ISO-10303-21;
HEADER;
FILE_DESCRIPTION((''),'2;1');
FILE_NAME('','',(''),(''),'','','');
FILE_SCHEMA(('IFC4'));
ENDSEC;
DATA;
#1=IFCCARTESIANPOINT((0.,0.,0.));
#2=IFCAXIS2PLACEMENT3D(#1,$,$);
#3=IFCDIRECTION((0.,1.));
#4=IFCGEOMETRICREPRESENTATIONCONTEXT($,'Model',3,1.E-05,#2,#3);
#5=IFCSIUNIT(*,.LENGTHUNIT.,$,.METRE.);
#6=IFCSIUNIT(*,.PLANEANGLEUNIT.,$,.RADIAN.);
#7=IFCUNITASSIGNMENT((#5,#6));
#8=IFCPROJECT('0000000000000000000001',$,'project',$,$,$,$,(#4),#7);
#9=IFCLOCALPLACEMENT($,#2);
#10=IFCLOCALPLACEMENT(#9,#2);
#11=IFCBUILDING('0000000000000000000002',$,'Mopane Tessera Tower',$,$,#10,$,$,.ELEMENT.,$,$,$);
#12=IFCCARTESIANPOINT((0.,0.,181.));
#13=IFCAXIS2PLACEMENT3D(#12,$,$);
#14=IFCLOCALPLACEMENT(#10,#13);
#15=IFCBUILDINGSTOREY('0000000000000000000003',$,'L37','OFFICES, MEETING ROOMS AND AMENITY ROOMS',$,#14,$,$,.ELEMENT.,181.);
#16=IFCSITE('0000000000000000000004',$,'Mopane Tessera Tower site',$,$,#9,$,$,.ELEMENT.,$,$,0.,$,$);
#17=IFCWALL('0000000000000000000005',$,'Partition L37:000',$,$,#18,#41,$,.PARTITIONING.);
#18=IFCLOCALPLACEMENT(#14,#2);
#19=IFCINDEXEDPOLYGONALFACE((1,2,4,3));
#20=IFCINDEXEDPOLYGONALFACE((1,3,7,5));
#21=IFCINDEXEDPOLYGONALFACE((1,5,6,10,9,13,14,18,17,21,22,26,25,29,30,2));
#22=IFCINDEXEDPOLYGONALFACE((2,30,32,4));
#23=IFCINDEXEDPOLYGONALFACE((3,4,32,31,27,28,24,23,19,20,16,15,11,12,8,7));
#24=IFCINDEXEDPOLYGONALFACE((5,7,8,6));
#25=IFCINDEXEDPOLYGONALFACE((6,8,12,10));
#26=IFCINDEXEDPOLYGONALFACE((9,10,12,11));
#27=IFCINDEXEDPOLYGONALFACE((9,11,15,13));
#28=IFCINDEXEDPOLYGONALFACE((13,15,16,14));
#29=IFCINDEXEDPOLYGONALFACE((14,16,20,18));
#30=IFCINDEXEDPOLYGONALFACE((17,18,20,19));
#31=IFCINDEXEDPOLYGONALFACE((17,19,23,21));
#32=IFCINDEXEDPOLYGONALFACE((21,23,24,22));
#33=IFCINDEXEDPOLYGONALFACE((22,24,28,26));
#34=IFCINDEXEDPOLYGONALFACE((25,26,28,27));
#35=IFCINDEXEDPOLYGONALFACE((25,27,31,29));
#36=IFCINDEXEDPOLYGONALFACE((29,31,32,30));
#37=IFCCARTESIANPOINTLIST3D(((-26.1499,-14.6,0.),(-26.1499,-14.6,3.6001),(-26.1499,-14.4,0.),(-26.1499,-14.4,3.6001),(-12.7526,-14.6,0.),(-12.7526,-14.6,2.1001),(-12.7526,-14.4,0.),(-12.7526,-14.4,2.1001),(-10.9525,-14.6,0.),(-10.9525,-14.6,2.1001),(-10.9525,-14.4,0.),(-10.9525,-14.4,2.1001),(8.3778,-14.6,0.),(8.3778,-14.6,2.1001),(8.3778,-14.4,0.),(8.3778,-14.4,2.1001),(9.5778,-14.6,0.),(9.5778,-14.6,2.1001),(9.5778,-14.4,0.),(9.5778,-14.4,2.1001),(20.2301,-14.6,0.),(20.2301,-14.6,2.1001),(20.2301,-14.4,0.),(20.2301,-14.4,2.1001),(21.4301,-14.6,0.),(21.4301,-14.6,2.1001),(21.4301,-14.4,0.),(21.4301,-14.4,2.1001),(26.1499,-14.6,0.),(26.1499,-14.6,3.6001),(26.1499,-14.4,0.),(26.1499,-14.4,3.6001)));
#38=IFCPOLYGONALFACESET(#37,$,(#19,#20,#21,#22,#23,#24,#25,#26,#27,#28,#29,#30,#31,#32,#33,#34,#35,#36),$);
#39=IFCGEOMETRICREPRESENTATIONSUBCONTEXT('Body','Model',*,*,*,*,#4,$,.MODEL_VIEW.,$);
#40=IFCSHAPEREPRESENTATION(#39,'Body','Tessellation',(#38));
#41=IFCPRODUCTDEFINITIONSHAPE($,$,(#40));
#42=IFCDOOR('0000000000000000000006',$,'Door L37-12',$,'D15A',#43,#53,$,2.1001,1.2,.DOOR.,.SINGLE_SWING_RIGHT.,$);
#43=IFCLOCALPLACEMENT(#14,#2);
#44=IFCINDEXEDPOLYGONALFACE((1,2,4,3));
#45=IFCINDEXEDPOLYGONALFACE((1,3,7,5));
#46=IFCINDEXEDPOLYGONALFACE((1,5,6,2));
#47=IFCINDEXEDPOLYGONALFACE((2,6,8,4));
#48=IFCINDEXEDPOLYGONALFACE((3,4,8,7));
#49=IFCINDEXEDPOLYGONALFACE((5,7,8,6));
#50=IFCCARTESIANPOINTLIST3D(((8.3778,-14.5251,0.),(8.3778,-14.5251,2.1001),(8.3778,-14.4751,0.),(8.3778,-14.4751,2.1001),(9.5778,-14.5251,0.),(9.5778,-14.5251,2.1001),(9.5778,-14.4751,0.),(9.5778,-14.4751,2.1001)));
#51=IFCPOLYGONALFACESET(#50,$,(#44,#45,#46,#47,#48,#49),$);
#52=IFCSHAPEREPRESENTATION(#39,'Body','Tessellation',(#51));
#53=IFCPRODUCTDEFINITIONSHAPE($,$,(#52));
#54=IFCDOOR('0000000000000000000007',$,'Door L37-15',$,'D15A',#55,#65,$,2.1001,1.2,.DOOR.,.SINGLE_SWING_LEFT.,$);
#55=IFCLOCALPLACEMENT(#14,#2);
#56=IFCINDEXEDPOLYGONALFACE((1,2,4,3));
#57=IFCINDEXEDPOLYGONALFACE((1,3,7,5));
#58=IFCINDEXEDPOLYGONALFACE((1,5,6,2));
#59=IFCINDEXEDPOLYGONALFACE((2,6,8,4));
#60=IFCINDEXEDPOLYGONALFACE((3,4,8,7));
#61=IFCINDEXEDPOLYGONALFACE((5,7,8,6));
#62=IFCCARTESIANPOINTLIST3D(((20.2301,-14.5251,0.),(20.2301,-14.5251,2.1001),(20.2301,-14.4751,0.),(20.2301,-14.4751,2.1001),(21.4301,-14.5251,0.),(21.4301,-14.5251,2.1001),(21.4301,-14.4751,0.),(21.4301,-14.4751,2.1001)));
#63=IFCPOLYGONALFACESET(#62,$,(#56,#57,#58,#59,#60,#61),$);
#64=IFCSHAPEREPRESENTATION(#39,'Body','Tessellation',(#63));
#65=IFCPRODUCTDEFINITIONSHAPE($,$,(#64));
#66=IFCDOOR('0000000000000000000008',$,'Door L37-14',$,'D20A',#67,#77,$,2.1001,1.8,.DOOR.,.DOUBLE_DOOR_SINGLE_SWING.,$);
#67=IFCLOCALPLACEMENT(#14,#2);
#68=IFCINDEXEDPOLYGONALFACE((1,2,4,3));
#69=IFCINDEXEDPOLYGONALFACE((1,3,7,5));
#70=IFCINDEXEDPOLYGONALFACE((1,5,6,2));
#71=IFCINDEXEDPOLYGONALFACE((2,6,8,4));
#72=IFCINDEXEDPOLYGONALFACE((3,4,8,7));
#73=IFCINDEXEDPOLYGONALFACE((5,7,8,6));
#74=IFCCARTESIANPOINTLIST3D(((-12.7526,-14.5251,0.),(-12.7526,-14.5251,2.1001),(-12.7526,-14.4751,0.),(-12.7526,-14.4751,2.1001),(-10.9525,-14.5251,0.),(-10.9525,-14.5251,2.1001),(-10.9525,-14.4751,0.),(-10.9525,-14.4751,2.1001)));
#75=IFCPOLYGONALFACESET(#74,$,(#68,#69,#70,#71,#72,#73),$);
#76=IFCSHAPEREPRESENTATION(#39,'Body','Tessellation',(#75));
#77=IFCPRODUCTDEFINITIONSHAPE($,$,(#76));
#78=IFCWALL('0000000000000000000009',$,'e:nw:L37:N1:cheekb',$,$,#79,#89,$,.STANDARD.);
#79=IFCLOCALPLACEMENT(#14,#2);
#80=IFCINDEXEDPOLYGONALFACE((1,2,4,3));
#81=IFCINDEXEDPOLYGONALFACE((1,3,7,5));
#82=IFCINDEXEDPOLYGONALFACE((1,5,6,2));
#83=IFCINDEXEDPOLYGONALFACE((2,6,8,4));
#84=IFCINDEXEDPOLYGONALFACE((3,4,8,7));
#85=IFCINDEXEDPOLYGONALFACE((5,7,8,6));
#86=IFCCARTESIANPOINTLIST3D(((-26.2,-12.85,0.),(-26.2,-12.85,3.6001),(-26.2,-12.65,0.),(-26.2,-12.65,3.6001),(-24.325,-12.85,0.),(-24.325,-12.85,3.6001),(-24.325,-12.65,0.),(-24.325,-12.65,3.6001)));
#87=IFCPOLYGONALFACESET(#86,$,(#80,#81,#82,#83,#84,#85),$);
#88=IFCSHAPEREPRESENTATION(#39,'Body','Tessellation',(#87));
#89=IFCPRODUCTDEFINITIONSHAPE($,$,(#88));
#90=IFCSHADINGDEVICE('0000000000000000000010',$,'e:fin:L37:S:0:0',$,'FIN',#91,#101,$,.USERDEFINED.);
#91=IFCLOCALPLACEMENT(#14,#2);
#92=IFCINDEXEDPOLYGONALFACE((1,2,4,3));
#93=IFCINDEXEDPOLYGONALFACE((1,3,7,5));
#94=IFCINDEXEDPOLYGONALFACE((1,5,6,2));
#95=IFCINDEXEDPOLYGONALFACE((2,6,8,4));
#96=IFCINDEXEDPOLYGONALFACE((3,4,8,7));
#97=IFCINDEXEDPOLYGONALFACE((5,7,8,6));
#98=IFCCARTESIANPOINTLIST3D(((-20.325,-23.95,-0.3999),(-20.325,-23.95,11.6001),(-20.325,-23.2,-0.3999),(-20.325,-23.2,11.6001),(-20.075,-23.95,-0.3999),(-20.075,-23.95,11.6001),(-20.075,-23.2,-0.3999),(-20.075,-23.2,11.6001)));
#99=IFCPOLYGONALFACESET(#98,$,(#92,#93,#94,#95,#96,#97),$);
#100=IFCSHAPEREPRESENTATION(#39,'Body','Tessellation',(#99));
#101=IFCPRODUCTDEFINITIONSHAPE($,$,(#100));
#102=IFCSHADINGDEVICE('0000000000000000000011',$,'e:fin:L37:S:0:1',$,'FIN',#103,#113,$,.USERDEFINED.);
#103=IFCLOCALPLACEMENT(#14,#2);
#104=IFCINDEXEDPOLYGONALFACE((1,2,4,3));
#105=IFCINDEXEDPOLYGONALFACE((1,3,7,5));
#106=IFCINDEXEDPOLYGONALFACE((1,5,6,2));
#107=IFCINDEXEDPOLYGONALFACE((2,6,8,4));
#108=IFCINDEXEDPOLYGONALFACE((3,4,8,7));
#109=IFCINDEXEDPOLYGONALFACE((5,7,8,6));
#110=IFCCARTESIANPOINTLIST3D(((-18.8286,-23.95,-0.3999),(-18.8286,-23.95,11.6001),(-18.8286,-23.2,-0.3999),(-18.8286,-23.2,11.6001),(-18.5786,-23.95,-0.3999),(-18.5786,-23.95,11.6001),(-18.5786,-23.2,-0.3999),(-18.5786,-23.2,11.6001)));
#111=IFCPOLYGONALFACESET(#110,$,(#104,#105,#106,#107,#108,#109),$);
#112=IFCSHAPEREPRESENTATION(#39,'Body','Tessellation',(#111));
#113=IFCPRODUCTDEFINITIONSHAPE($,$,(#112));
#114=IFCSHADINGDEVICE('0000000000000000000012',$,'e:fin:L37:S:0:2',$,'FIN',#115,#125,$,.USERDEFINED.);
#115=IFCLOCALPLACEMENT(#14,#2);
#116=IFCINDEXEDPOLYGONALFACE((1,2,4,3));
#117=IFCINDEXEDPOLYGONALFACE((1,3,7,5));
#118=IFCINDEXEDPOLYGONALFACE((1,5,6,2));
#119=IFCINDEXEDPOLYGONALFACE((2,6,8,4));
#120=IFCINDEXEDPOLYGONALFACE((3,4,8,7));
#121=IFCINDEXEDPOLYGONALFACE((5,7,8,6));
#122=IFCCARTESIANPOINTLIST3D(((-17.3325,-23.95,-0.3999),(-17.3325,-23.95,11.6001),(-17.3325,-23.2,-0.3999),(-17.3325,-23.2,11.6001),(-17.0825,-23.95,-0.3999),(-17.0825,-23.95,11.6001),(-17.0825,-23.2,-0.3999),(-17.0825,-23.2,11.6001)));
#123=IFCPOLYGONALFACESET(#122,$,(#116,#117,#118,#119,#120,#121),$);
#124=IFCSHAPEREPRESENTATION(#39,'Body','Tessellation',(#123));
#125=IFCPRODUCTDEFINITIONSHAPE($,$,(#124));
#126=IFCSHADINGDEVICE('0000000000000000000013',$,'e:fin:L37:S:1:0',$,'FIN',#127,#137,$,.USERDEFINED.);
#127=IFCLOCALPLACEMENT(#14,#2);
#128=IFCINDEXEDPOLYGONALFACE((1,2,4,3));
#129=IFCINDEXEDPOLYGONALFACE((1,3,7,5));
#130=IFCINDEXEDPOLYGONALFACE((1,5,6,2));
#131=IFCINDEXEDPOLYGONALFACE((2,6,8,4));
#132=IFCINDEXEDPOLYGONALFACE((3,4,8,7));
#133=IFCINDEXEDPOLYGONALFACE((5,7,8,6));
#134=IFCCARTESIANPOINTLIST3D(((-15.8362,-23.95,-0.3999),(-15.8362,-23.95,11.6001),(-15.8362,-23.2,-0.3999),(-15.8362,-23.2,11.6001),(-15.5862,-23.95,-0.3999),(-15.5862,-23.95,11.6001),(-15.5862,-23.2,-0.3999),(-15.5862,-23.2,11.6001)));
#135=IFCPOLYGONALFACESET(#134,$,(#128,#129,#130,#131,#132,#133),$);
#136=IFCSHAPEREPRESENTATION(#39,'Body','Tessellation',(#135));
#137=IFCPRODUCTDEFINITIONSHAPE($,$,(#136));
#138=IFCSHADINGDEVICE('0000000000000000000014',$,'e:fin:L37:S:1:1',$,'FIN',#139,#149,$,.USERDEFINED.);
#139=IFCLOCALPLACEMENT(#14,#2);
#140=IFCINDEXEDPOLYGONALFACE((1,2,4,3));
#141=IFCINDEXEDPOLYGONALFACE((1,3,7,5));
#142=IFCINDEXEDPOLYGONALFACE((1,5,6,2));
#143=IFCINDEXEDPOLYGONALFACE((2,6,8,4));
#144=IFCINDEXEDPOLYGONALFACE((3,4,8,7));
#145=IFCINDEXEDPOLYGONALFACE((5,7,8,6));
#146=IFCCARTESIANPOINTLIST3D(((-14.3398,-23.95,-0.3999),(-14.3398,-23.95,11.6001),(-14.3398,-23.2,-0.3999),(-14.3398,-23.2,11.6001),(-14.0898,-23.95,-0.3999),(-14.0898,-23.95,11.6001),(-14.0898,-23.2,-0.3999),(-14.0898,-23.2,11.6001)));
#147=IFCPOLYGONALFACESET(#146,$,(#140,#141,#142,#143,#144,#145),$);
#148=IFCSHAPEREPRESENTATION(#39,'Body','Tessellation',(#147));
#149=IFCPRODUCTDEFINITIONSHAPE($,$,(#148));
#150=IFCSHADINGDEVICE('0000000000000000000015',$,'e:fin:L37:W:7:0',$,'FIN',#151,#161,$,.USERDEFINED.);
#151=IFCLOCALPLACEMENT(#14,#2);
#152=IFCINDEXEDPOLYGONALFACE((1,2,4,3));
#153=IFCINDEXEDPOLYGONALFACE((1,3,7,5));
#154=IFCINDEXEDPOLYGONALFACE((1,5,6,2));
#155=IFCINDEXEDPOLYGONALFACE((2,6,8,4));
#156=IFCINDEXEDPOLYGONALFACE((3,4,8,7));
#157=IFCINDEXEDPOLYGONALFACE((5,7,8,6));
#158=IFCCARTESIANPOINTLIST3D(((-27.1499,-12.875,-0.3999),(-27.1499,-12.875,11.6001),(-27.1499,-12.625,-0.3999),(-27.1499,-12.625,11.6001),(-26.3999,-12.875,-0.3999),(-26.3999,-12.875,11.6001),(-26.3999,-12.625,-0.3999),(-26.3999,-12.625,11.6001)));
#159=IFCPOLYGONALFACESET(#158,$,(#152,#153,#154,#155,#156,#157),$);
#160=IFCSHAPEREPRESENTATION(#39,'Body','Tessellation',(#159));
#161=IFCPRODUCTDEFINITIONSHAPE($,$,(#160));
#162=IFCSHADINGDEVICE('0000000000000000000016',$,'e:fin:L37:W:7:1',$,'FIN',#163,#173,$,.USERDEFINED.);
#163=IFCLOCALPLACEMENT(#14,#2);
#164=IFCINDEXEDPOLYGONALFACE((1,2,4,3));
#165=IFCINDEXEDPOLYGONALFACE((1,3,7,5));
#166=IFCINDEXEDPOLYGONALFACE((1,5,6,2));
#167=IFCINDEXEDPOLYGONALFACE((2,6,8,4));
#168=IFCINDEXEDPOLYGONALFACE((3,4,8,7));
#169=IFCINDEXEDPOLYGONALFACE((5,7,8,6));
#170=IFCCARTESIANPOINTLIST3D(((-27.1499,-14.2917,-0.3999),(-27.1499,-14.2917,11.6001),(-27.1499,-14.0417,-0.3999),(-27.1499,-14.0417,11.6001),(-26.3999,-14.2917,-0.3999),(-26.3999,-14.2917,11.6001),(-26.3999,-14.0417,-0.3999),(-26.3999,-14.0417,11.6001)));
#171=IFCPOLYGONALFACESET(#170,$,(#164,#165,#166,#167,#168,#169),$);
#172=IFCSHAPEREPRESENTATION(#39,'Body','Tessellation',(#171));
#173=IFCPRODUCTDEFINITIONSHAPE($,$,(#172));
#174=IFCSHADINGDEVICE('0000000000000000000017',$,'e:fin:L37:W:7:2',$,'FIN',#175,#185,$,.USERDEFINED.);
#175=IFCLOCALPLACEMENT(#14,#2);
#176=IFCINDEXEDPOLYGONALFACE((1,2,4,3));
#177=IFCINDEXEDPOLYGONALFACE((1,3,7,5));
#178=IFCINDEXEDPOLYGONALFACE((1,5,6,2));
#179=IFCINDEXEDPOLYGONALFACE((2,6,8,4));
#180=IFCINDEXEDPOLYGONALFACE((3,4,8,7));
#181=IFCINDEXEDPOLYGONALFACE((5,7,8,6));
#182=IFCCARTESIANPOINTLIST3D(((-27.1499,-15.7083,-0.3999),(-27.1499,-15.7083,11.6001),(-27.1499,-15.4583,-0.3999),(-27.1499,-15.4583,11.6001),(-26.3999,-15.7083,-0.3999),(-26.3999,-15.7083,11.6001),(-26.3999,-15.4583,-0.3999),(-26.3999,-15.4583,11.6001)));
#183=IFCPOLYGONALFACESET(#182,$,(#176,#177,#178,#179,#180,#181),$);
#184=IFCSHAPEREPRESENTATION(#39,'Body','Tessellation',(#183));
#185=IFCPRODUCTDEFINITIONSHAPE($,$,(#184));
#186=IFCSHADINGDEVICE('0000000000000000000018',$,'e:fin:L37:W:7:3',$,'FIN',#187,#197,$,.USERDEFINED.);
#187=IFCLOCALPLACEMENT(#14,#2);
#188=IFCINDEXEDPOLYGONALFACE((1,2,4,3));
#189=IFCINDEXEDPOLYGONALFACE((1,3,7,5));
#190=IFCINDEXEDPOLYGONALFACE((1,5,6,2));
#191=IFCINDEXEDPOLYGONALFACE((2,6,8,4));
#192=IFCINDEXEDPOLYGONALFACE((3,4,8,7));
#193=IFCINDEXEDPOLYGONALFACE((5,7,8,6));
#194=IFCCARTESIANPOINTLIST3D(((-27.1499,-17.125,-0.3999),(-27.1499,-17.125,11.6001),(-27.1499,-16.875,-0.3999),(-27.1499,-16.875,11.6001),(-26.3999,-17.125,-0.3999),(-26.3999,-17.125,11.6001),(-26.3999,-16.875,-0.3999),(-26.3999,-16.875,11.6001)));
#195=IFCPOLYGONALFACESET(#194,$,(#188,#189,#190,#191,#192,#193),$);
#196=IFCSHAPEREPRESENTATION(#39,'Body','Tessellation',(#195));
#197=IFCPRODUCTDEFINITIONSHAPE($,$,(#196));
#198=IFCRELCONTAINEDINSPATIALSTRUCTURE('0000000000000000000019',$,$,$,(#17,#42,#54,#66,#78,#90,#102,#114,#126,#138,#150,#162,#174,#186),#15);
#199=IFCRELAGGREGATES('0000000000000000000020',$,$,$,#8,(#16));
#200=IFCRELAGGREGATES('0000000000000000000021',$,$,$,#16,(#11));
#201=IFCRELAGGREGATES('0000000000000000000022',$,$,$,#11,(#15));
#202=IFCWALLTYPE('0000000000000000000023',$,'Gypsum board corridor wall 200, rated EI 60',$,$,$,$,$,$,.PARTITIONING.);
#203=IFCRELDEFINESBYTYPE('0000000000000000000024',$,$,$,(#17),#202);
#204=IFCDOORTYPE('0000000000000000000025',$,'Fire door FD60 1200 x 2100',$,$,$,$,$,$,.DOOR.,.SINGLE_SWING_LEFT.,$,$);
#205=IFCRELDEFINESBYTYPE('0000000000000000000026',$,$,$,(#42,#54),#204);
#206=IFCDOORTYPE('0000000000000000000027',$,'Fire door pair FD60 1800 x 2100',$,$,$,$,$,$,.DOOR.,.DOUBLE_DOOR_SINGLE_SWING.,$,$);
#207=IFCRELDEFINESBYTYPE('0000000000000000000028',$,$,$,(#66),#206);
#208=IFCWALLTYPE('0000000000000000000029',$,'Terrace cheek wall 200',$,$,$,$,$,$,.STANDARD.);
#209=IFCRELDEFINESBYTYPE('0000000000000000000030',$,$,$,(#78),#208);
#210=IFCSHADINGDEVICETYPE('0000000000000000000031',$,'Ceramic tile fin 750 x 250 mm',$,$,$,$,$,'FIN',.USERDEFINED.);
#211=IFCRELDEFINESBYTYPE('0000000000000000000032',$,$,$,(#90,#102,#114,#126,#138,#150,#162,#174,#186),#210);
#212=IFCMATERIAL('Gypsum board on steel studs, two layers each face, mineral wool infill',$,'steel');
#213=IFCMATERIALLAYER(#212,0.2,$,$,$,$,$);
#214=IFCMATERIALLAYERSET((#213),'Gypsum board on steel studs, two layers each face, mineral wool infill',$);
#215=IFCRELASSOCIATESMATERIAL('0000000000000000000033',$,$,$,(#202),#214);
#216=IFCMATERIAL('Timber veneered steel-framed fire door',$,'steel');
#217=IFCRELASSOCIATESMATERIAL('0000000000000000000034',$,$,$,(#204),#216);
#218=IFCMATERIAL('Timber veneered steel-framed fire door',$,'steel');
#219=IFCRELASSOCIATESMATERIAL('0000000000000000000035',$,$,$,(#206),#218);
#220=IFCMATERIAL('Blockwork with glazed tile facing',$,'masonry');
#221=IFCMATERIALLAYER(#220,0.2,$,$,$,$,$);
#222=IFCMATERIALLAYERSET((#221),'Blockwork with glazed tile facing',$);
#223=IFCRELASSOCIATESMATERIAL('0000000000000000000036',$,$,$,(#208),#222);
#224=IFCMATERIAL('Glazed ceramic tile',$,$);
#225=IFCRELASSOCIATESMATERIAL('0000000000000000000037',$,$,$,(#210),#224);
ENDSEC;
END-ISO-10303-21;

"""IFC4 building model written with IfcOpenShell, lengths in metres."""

from ifc_helpers import new_model, si_unit, direction, frame, frame_2d, origin, origin_2d, place, context, subcontext, project, spatial, rectangle, extrude, material, layer, layer_set, type_object, element, fill, save


model = new_model("IFC4")

# Units and contexts
model_context = context("Model", 3, precision=1e-05, world=origin(), true_north=direction((0.0, 1.0)))
body_context = subcontext(model_context, "Body", "Model", "MODEL_VIEW")
ifc_project = project(units=[si_unit("LENGTHUNIT", "METRE"), si_unit("PLANEANGLEUNIT", "RADIAN")], contexts=[model_context])

# Site, building, storey
site_placement = place(None, origin())
site = spatial("IfcSite", under=ifc_project, at=site_placement, Name="Mopane Tessera Tower site", CompositionType="ELEMENT", RefElevation=0.0)
building_placement = place(site_placement, origin())
building = spatial("IfcBuilding", under=site, at=building_placement, Name="Mopane Tessera Tower", CompositionType="ELEMENT")
storey_placement = place(building_placement, frame((0.0, 0.0, 181.0)))
storey = spatial("IfcBuildingStorey", under=building, at=storey_placement, Name="L37", Description="OFFICES, MEETING ROOMS AND AMENITY ROOMS", CompositionType="ELEMENT", Elevation=181.0)

# Wall, openings, doors
ifc_material_1 = material(Name="Gypsum board on steel studs, two layers each face, mineral wool infill", Category="steel")
ifc_layer_1 = layer(ifc_material_1, 0.2)
ifc_layer_set_1 = layer_set([ifc_layer_1], Name="Gypsum board on steel studs, two layers each face, mineral wool infill")
wall_type_1 = type_object("IfcWallType", Name="Gypsum board corridor wall 200, rated EI 60", PredefinedType="PARTITIONING", material=ifc_layer_set_1)
wall_1_placement = place(storey_placement, frame((-26.1499, -14.5, 0.0), z_axis=(0.0, 0.0, 1.0), x_axis=(1.0, 0.0, 0.0)))
wall_1 = element("IfcWall", 1, at=wall_1_placement, inside=storey, type_object=wall_type_1, Name="Partition L37:000", PredefinedType="PARTITIONING", context=body_context, shape_type="SweptSolid", body=[
    extrude(rectangle(XDim=52.2998, YDim=0.2, at=frame_2d((26.1499, 0.0))), origin(), (0.0, 0.0, 1.0), 3.6001),
])
opening_1_placement = place(wall_1_placement, frame((34.5276, 0.0, 0.0)))
opening_1 = element("IfcOpeningElement", 2, at=opening_1_placement, cuts=wall_1, PredefinedType="OPENING", context=body_context, shape_type="SweptSolid", body=[
    extrude(rectangle(XDim=1.2, YDim=2.1001, at=frame_2d((0.6001, 1.05))), frame((0.0, 0.1121, 0.0), z_axis=(0.0, -1.0, 0.0), x_axis=(1.0, 0.0, 0.0)), (0.0, 0.0, 1.0), 0.2239),
])
opening_2_placement = place(wall_1_placement, frame((13.3975, 0.0, 0.0)))
opening_2 = element("IfcOpeningElement", 3, at=opening_2_placement, cuts=wall_1, PredefinedType="OPENING", context=body_context, shape_type="SweptSolid", body=[
    extrude(rectangle(XDim=1.8, YDim=2.1001, at=frame_2d((0.8999, 1.05))), frame((0.0, 0.1121, 0.0), z_axis=(0.0, -1.0, 0.0), x_axis=(1.0, 0.0, 0.0)), (0.0, 0.0, 1.0), 0.2239),
])
opening_3_placement = place(wall_1_placement, frame((46.3799, 0.0, 0.0)))
opening_3 = element("IfcOpeningElement", 4, at=opening_3_placement, cuts=wall_1, PredefinedType="OPENING", context=body_context, shape_type="SweptSolid", body=[
    extrude(rectangle(XDim=1.2, YDim=2.1001, at=frame_2d((0.6001, 1.05))), frame((0.0, 0.1121, 0.0), z_axis=(0.0, -1.0, 0.0), x_axis=(1.0, 0.0, 0.0)), (0.0, 0.0, 1.0), 0.2239),
])
ifc_material_2 = material(Name="Timber veneered steel-framed fire door", Category="steel")
door_type_1 = type_object("IfcDoorType", Name="Fire door FD60 1200 x 2100", OperationType="SINGLE_SWING_LEFT", PredefinedType="DOOR", material=ifc_material_2)
door_1_placement = place(opening_1_placement, origin())
door_1 = element("IfcDoor", 5, at=door_1_placement, inside=storey, type_object=door_type_1, Name="Door L37-12", ObjectType="D15A", OperationType="SINGLE_SWING_RIGHT", OverallHeight=2.1001, OverallWidth=1.2, PredefinedType="DOOR", context=body_context, shape_type="SweptSolid", body=[
    extrude(rectangle(XDim=1.2, YDim=2.1001, at=frame_2d((0.6001, 1.05))), frame((0.0, 0.0249, 0.0), z_axis=(0.0, -1.0, 0.0), x_axis=(1.0, 0.0, 0.0)), (0.0, 0.0, 1.0), 0.05),
])
fill(opening_1, door_1)
door_2_placement = place(opening_3_placement, origin())
door_2 = element("IfcDoor", 6, at=door_2_placement, inside=storey, type_object=door_type_1, Name="Door L37-15", ObjectType="D15A", OperationType="SINGLE_SWING_LEFT", OverallHeight=2.1001, OverallWidth=1.2, PredefinedType="DOOR", context=body_context, shape_type="SweptSolid", body=[
    extrude(rectangle(XDim=1.2, YDim=2.1001, at=frame_2d((0.6001, 1.05))), frame((0.0, 0.0249, 0.0), z_axis=(0.0, -1.0, 0.0), x_axis=(1.0, 0.0, 0.0)), (0.0, 0.0, 1.0), 0.05),
])
fill(opening_3, door_2)
ifc_material_3 = material(Name="Timber veneered steel-framed fire door", Category="steel")
door_type_2 = type_object("IfcDoorType", Name="Fire door pair FD60 1800 x 2100", OperationType="DOUBLE_DOOR_SINGLE_SWING", PredefinedType="DOOR", material=ifc_material_3)
door_3_placement = place(opening_2_placement, origin())
door_3 = element("IfcDoor", 7, at=door_3_placement, inside=storey, type_object=door_type_2, Name="Door L37-14", ObjectType="D20A", OperationType="DOUBLE_DOOR_SINGLE_SWING", OverallHeight=2.1001, OverallWidth=1.8, PredefinedType="DOOR", context=body_context, shape_type="SweptSolid", body=[
    extrude(rectangle(XDim=1.8, YDim=2.1001, at=frame_2d((0.8999, 1.05))), frame((0.0, 0.0249, 0.0), z_axis=(0.0, -1.0, 0.0), x_axis=(1.0, 0.0, 0.0)), (0.0, 0.0, 1.0), 0.05),
])
fill(opening_2, door_3)

# Wall
ifc_material_4 = material(Name="Blockwork with glazed tile facing", Category="masonry")
ifc_layer_2 = layer(ifc_material_4, 0.2)
ifc_layer_set_2 = layer_set([ifc_layer_2], Name="Blockwork with glazed tile facing")
wall_type_2 = type_object("IfcWallType", Name="Terrace cheek wall 200", PredefinedType="STANDARD", material=ifc_layer_set_2)
wall_2_placement = place(storey_placement, frame((-26.2, -12.75, 0.0), z_axis=(0.0, 0.0, 1.0), x_axis=(1.0, 0.0, 0.0)))
element("IfcWall", 8, at=wall_2_placement, inside=storey, type_object=wall_type_2, Name="e:nw:L37:N1:cheekb", PredefinedType="STANDARD", context=body_context, shape_type="SweptSolid", body=[
    extrude(rectangle(XDim=1.875, YDim=0.2, at=frame_2d((0.9375, 0.0))), origin(), (0.0, 0.0, 1.0), 3.6001),
])

# Shading devices
ifc_material_5 = material(Name="Glazed ceramic tile")
shading_device_type = type_object("IfcShadingDeviceType", Name="Ceramic tile fin 750 x 250 mm", ElementType="FIN", PredefinedType="USERDEFINED", material=ifc_material_5)
for number, where, z_axis, x_axis, name in (
    (9, (-20.2, -23.575, -0.3999), (0.0, 0.0, 1.0), (1.0, 0.0, 0.0), "e:fin:L37:S:0:0"),
    (10, (-18.7036, -23.575, -0.3999), (0.0, 0.0, 1.0), (1.0, 0.0, 0.0), "e:fin:L37:S:0:1"),
    (11, (-17.2075, -23.575, -0.3999), (0.0, 0.0, 1.0), (1.0, 0.0, 0.0), "e:fin:L37:S:0:2"),
    (12, (-15.7112, -23.575, -0.3999), (0.0, 0.0, 1.0), (1.0, 0.0, 0.0), "e:fin:L37:S:1:0"),
    (13, (-14.2148, -23.575, -0.3999), (0.0, 0.0, 1.0), (1.0, 0.0, 0.0), "e:fin:L37:S:1:1"),
    (14, (-26.7749, -12.75, -0.3999), (0.0, 0.0, 1.0), (0.0, -1.0, 0.0), "e:fin:L37:W:7:0"),
    (15, (-26.7749, -14.1667, -0.3999), (0.0, 0.0, 1.0), (0.0, -1.0, 0.0), "e:fin:L37:W:7:1"),
    (16, (-26.7749, -15.5833, -0.3999), (0.0, 0.0, 1.0), (0.0, -1.0, 0.0), "e:fin:L37:W:7:2"),
    (17, (-26.7749, -17.0, -0.3999), (0.0, 0.0, 1.0), (0.0, -1.0, 0.0), "e:fin:L37:W:7:3"),
):
    element("IfcShadingDevice", number, at=place(storey_placement, frame(where, z_axis=z_axis, x_axis=x_axis)), inside=storey, type_object=shading_device_type, Name=name, ObjectType="FIN", PredefinedType="USERDEFINED", context=body_context, shape_type="SweptSolid", body=[
        extrude(rectangle(XDim=0.25, YDim=0.75, at=origin_2d()), origin(), (0.0, 0.0, 1.0), 12.0),
    ])

save(model, "model.ifc")
